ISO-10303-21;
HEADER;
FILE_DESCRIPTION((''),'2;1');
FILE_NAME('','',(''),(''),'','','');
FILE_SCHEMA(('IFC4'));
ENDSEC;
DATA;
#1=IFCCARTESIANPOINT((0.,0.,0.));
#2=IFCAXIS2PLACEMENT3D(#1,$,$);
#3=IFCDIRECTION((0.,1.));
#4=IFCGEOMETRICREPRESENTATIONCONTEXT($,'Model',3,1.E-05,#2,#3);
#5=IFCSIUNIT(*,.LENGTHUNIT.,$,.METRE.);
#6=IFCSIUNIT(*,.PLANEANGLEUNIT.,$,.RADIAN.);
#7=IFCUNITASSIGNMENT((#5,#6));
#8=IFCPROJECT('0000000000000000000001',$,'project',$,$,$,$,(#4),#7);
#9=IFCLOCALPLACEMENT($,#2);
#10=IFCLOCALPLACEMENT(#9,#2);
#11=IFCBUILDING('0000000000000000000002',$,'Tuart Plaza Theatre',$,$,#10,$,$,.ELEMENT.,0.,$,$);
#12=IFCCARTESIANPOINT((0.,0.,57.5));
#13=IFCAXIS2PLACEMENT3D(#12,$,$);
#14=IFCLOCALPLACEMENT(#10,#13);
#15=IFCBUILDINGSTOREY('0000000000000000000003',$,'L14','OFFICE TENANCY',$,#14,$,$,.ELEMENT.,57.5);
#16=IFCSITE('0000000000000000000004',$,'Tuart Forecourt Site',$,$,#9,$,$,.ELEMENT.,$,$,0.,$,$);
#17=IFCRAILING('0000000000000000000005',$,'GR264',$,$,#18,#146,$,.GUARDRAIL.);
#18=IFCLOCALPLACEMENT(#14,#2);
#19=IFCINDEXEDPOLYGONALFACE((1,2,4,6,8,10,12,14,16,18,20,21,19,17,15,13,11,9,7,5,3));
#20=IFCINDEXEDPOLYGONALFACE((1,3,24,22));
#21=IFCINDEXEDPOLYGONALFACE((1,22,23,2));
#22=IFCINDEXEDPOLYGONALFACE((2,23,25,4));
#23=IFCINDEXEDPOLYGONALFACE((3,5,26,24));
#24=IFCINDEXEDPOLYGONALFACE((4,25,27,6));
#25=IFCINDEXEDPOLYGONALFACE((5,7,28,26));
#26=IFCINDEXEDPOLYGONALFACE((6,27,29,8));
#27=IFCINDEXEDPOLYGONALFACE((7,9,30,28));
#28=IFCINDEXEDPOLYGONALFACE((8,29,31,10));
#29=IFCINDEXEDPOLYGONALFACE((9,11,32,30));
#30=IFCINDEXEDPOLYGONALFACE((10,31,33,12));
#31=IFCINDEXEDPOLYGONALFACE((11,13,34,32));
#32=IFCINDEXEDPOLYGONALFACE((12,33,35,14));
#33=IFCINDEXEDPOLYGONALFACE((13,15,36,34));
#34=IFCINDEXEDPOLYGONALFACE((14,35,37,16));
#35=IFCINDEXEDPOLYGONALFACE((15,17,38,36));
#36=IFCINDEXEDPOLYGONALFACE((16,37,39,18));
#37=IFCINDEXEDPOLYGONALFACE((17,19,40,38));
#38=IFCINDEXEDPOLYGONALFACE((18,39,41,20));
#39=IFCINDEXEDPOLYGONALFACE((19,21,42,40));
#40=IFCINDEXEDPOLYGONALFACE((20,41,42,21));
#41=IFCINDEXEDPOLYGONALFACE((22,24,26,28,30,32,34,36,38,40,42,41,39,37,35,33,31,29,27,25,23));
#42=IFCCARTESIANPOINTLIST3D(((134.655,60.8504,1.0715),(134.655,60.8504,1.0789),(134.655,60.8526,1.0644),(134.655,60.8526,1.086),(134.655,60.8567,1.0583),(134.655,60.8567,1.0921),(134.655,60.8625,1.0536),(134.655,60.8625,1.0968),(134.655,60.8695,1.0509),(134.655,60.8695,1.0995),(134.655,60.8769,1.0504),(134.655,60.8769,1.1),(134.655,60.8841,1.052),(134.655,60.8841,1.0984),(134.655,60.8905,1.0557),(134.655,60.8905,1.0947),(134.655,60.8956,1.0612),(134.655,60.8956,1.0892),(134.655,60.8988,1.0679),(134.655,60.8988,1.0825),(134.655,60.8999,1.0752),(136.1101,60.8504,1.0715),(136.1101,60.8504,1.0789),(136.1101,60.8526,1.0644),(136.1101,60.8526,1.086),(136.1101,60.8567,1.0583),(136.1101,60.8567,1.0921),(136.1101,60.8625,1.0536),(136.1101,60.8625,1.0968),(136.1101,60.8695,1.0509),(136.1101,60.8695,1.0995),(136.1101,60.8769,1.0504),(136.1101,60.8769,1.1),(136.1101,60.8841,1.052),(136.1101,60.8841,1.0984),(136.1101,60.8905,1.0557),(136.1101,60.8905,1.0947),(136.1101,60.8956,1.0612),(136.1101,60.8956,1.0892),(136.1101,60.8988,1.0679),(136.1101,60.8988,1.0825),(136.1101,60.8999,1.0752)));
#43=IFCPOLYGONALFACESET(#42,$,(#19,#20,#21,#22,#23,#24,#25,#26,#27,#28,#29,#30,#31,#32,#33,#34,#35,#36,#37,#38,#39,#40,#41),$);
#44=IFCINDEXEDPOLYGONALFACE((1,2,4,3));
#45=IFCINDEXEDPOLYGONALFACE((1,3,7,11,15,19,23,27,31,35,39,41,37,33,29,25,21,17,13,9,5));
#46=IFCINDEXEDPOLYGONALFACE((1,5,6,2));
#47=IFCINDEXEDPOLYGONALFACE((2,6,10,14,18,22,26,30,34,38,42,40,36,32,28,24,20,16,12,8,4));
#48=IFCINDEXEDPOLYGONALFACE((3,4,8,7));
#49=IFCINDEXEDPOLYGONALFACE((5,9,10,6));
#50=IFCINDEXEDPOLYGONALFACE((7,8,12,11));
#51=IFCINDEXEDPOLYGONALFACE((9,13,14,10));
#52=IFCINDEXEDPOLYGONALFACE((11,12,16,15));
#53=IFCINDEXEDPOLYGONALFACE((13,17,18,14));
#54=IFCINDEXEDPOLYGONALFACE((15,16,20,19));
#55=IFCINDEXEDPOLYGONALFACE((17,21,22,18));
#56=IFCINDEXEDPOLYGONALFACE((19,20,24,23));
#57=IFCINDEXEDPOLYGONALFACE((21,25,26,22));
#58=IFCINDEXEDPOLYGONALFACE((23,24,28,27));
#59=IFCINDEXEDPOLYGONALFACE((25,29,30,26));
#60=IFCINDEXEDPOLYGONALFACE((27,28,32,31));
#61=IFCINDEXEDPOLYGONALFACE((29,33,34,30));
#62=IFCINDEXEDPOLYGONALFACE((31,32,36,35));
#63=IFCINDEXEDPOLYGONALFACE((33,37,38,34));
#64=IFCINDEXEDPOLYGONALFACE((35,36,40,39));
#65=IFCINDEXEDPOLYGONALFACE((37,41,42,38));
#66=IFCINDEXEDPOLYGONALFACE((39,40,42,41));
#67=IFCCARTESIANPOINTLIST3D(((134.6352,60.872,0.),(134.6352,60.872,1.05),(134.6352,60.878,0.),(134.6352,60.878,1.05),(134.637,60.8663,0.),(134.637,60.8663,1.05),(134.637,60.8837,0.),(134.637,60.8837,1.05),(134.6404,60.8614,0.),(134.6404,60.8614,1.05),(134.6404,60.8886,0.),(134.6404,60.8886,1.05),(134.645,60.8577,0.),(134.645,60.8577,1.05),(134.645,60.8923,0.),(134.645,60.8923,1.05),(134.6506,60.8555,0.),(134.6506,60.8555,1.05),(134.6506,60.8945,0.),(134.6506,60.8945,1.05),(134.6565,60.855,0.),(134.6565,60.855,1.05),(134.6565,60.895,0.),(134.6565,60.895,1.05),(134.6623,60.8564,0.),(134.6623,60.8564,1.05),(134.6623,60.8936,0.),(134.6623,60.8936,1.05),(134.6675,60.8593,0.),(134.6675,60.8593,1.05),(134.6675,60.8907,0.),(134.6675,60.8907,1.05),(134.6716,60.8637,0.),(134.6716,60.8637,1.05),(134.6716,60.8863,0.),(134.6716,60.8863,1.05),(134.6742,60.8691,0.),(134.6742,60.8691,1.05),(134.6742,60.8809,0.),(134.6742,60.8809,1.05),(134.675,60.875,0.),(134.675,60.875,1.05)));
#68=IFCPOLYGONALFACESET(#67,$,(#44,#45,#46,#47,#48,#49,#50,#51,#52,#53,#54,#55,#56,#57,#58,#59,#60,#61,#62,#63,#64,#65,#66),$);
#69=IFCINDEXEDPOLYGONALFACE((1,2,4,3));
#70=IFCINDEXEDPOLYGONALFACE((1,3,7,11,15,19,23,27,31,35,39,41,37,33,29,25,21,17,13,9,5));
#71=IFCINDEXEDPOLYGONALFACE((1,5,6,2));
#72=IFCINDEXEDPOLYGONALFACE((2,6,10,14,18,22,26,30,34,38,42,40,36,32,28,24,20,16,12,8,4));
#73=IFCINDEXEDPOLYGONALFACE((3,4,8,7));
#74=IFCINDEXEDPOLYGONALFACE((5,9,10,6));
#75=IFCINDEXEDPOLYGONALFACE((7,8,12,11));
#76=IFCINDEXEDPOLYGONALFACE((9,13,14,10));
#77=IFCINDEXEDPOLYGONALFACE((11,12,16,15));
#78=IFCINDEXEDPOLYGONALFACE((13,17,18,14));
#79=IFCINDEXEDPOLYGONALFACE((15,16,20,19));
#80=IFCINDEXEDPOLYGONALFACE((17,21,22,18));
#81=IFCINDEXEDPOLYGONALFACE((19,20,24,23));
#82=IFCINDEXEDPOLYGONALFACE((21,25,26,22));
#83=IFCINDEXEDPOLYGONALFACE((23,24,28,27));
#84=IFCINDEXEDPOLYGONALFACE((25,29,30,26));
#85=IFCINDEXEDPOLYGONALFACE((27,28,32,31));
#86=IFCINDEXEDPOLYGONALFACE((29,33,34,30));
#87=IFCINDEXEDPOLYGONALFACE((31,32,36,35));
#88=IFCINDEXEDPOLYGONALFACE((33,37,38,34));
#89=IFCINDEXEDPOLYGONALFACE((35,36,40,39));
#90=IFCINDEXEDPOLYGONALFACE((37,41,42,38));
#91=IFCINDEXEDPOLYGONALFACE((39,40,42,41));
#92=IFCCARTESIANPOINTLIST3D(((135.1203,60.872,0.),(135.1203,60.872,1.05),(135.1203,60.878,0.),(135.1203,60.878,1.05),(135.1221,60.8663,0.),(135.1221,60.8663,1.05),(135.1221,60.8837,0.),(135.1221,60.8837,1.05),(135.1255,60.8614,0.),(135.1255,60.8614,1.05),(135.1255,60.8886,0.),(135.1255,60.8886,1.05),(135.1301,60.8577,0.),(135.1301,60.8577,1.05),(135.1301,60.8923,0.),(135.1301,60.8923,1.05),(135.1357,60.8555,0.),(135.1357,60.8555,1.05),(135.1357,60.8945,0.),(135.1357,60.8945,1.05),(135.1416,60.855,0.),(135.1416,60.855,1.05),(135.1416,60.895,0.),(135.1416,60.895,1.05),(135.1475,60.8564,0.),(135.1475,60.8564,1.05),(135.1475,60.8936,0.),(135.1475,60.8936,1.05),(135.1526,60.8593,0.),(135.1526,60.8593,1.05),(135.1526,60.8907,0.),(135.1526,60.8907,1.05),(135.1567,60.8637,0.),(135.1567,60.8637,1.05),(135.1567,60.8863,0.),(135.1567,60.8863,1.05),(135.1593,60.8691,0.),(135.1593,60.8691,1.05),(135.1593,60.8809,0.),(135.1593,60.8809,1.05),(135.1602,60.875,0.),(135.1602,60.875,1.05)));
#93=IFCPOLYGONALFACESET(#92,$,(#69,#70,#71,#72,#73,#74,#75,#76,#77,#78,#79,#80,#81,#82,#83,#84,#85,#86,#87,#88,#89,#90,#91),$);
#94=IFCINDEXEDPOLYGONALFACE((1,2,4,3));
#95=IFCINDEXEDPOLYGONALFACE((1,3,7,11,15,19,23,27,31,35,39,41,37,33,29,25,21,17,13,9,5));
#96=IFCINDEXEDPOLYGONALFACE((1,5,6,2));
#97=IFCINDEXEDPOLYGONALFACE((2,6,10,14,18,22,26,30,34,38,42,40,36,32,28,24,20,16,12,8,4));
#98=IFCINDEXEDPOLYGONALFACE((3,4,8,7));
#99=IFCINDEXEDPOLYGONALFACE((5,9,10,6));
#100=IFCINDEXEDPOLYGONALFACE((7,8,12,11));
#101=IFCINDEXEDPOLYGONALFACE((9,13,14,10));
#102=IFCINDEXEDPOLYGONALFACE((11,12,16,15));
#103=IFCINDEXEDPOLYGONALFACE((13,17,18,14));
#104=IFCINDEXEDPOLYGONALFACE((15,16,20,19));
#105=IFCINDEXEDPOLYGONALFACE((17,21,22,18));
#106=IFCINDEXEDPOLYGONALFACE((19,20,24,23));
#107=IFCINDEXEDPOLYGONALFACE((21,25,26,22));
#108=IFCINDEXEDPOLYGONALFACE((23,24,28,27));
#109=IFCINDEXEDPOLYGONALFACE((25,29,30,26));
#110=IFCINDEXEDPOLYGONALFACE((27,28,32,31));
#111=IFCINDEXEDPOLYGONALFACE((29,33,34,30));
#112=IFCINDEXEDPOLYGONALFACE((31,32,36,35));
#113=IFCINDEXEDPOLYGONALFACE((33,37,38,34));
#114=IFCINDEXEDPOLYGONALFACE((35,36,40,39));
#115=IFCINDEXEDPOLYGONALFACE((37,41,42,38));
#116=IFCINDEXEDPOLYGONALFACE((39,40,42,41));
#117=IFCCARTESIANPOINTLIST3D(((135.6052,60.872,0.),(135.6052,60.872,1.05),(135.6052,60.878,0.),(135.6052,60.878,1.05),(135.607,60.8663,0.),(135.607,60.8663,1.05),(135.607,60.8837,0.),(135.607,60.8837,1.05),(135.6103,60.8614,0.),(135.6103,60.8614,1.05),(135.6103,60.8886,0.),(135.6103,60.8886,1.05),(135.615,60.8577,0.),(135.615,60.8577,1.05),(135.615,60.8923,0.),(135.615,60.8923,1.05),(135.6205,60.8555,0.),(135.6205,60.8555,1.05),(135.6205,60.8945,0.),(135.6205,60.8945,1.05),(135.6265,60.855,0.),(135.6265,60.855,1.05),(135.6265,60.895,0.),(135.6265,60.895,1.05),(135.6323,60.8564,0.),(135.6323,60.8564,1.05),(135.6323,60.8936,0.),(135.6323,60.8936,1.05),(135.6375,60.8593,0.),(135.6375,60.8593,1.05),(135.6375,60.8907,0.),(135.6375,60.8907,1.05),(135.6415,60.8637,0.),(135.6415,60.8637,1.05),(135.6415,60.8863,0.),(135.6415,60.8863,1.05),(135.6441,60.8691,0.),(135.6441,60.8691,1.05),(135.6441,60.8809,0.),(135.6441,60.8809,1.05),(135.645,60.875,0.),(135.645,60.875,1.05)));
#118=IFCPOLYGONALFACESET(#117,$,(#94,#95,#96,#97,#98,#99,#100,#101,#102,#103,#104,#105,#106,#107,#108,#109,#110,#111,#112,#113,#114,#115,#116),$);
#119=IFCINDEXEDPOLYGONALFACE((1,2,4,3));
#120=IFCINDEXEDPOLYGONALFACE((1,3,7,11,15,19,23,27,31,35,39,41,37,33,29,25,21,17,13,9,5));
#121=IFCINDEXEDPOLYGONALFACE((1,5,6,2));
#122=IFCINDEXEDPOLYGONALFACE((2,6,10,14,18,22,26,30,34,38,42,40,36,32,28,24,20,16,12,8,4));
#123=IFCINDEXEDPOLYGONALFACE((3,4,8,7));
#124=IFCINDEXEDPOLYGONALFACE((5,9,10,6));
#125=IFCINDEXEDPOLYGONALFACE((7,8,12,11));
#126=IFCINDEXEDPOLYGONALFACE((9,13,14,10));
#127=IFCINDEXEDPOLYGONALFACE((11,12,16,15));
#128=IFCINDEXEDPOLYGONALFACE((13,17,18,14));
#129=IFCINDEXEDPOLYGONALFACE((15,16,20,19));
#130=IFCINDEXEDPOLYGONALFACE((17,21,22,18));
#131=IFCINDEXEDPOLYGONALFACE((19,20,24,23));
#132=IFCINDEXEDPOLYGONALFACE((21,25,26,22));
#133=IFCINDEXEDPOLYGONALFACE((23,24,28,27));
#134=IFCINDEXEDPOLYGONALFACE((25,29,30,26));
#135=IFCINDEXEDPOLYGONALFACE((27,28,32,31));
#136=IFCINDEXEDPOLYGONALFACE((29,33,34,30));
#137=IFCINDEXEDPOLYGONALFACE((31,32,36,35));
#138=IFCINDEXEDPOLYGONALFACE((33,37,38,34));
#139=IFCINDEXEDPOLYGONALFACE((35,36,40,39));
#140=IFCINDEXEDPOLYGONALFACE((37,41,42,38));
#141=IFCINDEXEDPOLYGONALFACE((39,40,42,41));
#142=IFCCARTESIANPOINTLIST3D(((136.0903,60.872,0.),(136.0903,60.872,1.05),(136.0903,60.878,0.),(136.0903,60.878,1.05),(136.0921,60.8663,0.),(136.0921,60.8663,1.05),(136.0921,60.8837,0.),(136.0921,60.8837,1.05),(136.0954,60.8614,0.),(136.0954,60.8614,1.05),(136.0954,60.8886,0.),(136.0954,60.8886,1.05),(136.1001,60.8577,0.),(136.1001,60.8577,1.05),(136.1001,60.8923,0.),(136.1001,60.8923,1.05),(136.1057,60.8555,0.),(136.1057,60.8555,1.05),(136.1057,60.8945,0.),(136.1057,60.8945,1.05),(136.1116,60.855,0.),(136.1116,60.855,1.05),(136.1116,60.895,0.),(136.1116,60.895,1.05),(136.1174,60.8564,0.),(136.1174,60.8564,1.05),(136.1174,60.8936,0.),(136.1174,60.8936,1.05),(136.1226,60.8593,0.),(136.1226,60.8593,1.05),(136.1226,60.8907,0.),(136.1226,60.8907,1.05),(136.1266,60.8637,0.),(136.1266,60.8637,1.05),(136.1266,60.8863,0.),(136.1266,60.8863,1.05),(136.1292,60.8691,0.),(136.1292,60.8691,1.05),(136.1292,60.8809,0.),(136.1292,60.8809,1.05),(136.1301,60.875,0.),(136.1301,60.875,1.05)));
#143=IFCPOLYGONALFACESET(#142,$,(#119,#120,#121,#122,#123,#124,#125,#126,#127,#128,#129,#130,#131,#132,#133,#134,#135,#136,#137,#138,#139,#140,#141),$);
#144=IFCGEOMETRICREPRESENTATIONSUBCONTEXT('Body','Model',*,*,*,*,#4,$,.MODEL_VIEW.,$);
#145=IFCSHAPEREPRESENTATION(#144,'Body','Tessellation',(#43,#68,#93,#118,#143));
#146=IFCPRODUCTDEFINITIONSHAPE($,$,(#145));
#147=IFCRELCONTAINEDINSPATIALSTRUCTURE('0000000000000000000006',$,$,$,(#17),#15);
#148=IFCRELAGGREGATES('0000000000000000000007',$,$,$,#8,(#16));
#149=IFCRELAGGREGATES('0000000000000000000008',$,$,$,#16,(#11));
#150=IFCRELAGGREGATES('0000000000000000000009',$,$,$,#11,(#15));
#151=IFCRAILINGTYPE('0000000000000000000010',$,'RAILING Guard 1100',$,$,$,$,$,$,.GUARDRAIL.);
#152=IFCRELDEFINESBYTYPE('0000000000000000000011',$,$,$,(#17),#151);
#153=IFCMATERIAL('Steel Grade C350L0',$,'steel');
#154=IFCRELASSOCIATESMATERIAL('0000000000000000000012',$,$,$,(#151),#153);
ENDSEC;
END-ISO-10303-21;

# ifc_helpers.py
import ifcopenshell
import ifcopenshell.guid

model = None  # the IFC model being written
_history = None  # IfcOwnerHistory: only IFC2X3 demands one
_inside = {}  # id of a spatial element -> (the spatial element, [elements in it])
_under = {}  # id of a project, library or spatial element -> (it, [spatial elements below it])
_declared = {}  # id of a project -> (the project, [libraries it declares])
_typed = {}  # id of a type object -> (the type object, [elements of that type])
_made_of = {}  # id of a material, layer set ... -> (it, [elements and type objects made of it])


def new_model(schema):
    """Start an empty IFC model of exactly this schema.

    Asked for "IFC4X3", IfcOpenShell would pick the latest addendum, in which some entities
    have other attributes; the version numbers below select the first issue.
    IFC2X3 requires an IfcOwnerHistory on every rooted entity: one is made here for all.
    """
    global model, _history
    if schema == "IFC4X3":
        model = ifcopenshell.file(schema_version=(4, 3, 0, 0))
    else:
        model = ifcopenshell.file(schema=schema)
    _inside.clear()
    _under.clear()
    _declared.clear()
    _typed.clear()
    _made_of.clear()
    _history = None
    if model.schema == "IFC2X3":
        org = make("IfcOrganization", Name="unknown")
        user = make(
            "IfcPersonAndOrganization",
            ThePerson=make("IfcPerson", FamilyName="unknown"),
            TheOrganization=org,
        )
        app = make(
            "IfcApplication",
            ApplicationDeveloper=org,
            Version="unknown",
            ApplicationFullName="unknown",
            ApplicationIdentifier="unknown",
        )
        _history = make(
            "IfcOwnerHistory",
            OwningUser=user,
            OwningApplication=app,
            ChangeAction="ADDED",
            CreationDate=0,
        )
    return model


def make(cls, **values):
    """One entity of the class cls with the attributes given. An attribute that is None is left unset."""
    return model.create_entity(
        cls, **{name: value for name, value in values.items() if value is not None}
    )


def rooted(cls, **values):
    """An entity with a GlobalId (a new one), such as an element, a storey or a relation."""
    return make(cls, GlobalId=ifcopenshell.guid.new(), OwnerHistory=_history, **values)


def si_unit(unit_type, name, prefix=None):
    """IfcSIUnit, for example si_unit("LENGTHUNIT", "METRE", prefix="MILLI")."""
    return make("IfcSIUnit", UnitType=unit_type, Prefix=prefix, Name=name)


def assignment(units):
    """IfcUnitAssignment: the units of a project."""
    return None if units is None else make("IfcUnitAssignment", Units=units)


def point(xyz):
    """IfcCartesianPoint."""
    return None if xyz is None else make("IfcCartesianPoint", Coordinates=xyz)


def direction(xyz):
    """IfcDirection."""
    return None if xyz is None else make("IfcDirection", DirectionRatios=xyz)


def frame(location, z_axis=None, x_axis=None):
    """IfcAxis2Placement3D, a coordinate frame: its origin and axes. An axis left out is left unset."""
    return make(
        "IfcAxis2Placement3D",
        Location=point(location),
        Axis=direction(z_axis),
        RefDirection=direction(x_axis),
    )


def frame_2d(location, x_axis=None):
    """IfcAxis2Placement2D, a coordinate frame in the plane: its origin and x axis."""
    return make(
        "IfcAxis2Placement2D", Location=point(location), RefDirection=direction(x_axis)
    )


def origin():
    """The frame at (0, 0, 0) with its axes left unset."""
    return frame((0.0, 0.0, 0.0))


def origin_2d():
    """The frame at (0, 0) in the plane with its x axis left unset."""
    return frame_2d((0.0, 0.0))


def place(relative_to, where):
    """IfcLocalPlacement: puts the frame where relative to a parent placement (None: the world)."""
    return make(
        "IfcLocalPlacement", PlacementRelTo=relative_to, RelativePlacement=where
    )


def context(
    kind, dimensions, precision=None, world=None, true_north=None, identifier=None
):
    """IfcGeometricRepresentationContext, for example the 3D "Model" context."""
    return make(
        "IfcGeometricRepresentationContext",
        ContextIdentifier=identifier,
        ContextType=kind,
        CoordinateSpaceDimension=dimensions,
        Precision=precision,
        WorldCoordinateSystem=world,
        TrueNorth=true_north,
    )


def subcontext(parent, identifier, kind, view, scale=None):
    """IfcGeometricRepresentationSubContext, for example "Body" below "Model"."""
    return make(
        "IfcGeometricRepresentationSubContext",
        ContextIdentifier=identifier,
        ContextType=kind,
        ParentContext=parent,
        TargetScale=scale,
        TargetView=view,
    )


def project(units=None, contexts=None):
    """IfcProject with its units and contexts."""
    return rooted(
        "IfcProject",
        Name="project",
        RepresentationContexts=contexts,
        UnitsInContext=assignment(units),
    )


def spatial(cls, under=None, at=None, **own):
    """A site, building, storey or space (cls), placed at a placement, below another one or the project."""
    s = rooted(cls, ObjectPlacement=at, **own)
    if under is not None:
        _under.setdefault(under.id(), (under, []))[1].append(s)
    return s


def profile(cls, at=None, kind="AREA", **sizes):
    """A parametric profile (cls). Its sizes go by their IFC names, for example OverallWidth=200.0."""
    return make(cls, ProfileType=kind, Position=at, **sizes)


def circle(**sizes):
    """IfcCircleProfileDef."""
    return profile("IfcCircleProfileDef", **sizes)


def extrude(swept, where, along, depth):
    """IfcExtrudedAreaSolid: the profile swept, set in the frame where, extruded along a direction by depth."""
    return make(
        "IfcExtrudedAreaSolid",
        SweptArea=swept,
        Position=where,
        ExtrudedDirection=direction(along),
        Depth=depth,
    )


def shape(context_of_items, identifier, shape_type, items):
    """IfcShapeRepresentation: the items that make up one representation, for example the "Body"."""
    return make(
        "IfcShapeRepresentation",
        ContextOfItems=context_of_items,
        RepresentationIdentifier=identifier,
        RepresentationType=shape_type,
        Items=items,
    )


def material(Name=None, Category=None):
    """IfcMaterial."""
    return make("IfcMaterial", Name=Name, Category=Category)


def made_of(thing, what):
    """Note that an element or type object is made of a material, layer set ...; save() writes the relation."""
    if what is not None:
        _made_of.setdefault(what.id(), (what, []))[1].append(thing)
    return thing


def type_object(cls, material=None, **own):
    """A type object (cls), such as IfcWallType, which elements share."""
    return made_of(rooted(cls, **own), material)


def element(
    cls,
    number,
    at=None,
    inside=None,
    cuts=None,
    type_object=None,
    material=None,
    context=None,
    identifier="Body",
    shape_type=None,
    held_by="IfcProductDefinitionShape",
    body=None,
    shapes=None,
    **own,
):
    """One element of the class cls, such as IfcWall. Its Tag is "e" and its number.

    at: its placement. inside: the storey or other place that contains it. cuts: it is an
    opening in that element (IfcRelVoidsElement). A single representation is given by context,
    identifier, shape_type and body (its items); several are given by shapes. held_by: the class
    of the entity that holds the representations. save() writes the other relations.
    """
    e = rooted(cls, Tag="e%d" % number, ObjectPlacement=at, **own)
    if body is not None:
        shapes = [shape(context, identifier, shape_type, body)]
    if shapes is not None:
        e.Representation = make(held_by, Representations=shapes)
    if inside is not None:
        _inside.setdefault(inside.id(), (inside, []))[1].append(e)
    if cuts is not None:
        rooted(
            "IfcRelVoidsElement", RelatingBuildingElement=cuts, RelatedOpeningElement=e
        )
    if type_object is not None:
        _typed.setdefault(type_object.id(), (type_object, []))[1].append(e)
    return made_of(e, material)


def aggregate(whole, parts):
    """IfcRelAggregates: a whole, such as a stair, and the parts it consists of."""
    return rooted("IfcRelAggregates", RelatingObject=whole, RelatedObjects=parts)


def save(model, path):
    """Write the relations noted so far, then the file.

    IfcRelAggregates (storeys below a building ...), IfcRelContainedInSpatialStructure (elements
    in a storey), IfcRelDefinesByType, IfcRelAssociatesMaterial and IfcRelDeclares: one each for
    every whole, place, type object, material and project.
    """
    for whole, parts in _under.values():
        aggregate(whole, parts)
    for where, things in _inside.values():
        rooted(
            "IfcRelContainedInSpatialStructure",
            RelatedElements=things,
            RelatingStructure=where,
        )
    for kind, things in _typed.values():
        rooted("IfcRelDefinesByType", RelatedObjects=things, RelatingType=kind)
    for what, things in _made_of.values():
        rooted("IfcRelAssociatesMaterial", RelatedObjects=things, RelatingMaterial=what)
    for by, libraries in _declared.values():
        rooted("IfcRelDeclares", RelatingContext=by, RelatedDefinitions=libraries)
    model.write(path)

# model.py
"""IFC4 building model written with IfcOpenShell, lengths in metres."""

from ifc_helpers import new_model, si_unit, direction, frame, origin, origin_2d, place, context, subcontext, project, spatial, circle, extrude, material, type_object, element, save


model = new_model("IFC4")

# Units and contexts
model_context = context("Model", 3, precision=1e-05, world=origin(), true_north=direction((0.0, 1.0)))
body_context = subcontext(model_context, "Body", "Model", "MODEL_VIEW")
ifc_project = project(units=[si_unit("LENGTHUNIT", "METRE"), si_unit("PLANEANGLEUNIT", "RADIAN")], contexts=[model_context])

# Site, building, storey
site_placement = place(None, origin())
site = spatial("IfcSite", under=ifc_project, at=site_placement, Name="Tuart Forecourt Site", CompositionType="ELEMENT", RefElevation=0.0)
building_placement = place(site_placement, origin())
building = spatial("IfcBuilding", under=site, at=building_placement, Name="Tuart Plaza Theatre", CompositionType="ELEMENT", ElevationOfRefHeight=0.0)
storey_placement = place(building_placement, frame((0.0, 0.0, 57.5)))
storey = spatial("IfcBuildingStorey", under=building, at=storey_placement, Name="L14", Description="OFFICE TENANCY", CompositionType="ELEMENT", Elevation=57.5)

# Railing
ifc_material_1 = material(Name="Steel Grade C350L0", Category="steel")
railing_type_1 = type_object("IfcRailingType", Name="RAILING Guard 1100", PredefinedType="GUARDRAIL", material=ifc_material_1)
railing_placement = place(storey_placement, frame((134.655, 60.875, 0.0)))
element("IfcRailing", 1, at=railing_placement, inside=storey, type_object=railing_type_1, Name="GR264", PredefinedType="GUARDRAIL", context=body_context, shape_type="SweptSolid", body=[
    extrude(circle(Radius=0.0249, at=origin_2d()), frame((0.0, 0.0, 1.0752), z_axis=(1.0, 0.0, 0.0), x_axis=(0.0, 1.0, 0.0)), (0.0, 0.0, 1.0), 1.4551),
    extrude(circle(Radius=0.02, at=origin_2d()), origin(), (0.0, 0.0, 1.0), 1.05),
    extrude(circle(Radius=0.02, at=origin_2d()), frame((0.4851, 0.0, 0.0)), (0.0, 0.0, 1.0), 1.05),
    extrude(circle(Radius=0.02, at=origin_2d()), frame((0.97, 0.0, 0.0)), (0.0, 0.0, 1.0), 1.05),
    extrude(circle(Radius=0.02, at=origin_2d()), frame((1.4551, 0.0, 0.0)), (0.0, 0.0, 1.0), 1.05),
])

save(model, "model.ifc")
